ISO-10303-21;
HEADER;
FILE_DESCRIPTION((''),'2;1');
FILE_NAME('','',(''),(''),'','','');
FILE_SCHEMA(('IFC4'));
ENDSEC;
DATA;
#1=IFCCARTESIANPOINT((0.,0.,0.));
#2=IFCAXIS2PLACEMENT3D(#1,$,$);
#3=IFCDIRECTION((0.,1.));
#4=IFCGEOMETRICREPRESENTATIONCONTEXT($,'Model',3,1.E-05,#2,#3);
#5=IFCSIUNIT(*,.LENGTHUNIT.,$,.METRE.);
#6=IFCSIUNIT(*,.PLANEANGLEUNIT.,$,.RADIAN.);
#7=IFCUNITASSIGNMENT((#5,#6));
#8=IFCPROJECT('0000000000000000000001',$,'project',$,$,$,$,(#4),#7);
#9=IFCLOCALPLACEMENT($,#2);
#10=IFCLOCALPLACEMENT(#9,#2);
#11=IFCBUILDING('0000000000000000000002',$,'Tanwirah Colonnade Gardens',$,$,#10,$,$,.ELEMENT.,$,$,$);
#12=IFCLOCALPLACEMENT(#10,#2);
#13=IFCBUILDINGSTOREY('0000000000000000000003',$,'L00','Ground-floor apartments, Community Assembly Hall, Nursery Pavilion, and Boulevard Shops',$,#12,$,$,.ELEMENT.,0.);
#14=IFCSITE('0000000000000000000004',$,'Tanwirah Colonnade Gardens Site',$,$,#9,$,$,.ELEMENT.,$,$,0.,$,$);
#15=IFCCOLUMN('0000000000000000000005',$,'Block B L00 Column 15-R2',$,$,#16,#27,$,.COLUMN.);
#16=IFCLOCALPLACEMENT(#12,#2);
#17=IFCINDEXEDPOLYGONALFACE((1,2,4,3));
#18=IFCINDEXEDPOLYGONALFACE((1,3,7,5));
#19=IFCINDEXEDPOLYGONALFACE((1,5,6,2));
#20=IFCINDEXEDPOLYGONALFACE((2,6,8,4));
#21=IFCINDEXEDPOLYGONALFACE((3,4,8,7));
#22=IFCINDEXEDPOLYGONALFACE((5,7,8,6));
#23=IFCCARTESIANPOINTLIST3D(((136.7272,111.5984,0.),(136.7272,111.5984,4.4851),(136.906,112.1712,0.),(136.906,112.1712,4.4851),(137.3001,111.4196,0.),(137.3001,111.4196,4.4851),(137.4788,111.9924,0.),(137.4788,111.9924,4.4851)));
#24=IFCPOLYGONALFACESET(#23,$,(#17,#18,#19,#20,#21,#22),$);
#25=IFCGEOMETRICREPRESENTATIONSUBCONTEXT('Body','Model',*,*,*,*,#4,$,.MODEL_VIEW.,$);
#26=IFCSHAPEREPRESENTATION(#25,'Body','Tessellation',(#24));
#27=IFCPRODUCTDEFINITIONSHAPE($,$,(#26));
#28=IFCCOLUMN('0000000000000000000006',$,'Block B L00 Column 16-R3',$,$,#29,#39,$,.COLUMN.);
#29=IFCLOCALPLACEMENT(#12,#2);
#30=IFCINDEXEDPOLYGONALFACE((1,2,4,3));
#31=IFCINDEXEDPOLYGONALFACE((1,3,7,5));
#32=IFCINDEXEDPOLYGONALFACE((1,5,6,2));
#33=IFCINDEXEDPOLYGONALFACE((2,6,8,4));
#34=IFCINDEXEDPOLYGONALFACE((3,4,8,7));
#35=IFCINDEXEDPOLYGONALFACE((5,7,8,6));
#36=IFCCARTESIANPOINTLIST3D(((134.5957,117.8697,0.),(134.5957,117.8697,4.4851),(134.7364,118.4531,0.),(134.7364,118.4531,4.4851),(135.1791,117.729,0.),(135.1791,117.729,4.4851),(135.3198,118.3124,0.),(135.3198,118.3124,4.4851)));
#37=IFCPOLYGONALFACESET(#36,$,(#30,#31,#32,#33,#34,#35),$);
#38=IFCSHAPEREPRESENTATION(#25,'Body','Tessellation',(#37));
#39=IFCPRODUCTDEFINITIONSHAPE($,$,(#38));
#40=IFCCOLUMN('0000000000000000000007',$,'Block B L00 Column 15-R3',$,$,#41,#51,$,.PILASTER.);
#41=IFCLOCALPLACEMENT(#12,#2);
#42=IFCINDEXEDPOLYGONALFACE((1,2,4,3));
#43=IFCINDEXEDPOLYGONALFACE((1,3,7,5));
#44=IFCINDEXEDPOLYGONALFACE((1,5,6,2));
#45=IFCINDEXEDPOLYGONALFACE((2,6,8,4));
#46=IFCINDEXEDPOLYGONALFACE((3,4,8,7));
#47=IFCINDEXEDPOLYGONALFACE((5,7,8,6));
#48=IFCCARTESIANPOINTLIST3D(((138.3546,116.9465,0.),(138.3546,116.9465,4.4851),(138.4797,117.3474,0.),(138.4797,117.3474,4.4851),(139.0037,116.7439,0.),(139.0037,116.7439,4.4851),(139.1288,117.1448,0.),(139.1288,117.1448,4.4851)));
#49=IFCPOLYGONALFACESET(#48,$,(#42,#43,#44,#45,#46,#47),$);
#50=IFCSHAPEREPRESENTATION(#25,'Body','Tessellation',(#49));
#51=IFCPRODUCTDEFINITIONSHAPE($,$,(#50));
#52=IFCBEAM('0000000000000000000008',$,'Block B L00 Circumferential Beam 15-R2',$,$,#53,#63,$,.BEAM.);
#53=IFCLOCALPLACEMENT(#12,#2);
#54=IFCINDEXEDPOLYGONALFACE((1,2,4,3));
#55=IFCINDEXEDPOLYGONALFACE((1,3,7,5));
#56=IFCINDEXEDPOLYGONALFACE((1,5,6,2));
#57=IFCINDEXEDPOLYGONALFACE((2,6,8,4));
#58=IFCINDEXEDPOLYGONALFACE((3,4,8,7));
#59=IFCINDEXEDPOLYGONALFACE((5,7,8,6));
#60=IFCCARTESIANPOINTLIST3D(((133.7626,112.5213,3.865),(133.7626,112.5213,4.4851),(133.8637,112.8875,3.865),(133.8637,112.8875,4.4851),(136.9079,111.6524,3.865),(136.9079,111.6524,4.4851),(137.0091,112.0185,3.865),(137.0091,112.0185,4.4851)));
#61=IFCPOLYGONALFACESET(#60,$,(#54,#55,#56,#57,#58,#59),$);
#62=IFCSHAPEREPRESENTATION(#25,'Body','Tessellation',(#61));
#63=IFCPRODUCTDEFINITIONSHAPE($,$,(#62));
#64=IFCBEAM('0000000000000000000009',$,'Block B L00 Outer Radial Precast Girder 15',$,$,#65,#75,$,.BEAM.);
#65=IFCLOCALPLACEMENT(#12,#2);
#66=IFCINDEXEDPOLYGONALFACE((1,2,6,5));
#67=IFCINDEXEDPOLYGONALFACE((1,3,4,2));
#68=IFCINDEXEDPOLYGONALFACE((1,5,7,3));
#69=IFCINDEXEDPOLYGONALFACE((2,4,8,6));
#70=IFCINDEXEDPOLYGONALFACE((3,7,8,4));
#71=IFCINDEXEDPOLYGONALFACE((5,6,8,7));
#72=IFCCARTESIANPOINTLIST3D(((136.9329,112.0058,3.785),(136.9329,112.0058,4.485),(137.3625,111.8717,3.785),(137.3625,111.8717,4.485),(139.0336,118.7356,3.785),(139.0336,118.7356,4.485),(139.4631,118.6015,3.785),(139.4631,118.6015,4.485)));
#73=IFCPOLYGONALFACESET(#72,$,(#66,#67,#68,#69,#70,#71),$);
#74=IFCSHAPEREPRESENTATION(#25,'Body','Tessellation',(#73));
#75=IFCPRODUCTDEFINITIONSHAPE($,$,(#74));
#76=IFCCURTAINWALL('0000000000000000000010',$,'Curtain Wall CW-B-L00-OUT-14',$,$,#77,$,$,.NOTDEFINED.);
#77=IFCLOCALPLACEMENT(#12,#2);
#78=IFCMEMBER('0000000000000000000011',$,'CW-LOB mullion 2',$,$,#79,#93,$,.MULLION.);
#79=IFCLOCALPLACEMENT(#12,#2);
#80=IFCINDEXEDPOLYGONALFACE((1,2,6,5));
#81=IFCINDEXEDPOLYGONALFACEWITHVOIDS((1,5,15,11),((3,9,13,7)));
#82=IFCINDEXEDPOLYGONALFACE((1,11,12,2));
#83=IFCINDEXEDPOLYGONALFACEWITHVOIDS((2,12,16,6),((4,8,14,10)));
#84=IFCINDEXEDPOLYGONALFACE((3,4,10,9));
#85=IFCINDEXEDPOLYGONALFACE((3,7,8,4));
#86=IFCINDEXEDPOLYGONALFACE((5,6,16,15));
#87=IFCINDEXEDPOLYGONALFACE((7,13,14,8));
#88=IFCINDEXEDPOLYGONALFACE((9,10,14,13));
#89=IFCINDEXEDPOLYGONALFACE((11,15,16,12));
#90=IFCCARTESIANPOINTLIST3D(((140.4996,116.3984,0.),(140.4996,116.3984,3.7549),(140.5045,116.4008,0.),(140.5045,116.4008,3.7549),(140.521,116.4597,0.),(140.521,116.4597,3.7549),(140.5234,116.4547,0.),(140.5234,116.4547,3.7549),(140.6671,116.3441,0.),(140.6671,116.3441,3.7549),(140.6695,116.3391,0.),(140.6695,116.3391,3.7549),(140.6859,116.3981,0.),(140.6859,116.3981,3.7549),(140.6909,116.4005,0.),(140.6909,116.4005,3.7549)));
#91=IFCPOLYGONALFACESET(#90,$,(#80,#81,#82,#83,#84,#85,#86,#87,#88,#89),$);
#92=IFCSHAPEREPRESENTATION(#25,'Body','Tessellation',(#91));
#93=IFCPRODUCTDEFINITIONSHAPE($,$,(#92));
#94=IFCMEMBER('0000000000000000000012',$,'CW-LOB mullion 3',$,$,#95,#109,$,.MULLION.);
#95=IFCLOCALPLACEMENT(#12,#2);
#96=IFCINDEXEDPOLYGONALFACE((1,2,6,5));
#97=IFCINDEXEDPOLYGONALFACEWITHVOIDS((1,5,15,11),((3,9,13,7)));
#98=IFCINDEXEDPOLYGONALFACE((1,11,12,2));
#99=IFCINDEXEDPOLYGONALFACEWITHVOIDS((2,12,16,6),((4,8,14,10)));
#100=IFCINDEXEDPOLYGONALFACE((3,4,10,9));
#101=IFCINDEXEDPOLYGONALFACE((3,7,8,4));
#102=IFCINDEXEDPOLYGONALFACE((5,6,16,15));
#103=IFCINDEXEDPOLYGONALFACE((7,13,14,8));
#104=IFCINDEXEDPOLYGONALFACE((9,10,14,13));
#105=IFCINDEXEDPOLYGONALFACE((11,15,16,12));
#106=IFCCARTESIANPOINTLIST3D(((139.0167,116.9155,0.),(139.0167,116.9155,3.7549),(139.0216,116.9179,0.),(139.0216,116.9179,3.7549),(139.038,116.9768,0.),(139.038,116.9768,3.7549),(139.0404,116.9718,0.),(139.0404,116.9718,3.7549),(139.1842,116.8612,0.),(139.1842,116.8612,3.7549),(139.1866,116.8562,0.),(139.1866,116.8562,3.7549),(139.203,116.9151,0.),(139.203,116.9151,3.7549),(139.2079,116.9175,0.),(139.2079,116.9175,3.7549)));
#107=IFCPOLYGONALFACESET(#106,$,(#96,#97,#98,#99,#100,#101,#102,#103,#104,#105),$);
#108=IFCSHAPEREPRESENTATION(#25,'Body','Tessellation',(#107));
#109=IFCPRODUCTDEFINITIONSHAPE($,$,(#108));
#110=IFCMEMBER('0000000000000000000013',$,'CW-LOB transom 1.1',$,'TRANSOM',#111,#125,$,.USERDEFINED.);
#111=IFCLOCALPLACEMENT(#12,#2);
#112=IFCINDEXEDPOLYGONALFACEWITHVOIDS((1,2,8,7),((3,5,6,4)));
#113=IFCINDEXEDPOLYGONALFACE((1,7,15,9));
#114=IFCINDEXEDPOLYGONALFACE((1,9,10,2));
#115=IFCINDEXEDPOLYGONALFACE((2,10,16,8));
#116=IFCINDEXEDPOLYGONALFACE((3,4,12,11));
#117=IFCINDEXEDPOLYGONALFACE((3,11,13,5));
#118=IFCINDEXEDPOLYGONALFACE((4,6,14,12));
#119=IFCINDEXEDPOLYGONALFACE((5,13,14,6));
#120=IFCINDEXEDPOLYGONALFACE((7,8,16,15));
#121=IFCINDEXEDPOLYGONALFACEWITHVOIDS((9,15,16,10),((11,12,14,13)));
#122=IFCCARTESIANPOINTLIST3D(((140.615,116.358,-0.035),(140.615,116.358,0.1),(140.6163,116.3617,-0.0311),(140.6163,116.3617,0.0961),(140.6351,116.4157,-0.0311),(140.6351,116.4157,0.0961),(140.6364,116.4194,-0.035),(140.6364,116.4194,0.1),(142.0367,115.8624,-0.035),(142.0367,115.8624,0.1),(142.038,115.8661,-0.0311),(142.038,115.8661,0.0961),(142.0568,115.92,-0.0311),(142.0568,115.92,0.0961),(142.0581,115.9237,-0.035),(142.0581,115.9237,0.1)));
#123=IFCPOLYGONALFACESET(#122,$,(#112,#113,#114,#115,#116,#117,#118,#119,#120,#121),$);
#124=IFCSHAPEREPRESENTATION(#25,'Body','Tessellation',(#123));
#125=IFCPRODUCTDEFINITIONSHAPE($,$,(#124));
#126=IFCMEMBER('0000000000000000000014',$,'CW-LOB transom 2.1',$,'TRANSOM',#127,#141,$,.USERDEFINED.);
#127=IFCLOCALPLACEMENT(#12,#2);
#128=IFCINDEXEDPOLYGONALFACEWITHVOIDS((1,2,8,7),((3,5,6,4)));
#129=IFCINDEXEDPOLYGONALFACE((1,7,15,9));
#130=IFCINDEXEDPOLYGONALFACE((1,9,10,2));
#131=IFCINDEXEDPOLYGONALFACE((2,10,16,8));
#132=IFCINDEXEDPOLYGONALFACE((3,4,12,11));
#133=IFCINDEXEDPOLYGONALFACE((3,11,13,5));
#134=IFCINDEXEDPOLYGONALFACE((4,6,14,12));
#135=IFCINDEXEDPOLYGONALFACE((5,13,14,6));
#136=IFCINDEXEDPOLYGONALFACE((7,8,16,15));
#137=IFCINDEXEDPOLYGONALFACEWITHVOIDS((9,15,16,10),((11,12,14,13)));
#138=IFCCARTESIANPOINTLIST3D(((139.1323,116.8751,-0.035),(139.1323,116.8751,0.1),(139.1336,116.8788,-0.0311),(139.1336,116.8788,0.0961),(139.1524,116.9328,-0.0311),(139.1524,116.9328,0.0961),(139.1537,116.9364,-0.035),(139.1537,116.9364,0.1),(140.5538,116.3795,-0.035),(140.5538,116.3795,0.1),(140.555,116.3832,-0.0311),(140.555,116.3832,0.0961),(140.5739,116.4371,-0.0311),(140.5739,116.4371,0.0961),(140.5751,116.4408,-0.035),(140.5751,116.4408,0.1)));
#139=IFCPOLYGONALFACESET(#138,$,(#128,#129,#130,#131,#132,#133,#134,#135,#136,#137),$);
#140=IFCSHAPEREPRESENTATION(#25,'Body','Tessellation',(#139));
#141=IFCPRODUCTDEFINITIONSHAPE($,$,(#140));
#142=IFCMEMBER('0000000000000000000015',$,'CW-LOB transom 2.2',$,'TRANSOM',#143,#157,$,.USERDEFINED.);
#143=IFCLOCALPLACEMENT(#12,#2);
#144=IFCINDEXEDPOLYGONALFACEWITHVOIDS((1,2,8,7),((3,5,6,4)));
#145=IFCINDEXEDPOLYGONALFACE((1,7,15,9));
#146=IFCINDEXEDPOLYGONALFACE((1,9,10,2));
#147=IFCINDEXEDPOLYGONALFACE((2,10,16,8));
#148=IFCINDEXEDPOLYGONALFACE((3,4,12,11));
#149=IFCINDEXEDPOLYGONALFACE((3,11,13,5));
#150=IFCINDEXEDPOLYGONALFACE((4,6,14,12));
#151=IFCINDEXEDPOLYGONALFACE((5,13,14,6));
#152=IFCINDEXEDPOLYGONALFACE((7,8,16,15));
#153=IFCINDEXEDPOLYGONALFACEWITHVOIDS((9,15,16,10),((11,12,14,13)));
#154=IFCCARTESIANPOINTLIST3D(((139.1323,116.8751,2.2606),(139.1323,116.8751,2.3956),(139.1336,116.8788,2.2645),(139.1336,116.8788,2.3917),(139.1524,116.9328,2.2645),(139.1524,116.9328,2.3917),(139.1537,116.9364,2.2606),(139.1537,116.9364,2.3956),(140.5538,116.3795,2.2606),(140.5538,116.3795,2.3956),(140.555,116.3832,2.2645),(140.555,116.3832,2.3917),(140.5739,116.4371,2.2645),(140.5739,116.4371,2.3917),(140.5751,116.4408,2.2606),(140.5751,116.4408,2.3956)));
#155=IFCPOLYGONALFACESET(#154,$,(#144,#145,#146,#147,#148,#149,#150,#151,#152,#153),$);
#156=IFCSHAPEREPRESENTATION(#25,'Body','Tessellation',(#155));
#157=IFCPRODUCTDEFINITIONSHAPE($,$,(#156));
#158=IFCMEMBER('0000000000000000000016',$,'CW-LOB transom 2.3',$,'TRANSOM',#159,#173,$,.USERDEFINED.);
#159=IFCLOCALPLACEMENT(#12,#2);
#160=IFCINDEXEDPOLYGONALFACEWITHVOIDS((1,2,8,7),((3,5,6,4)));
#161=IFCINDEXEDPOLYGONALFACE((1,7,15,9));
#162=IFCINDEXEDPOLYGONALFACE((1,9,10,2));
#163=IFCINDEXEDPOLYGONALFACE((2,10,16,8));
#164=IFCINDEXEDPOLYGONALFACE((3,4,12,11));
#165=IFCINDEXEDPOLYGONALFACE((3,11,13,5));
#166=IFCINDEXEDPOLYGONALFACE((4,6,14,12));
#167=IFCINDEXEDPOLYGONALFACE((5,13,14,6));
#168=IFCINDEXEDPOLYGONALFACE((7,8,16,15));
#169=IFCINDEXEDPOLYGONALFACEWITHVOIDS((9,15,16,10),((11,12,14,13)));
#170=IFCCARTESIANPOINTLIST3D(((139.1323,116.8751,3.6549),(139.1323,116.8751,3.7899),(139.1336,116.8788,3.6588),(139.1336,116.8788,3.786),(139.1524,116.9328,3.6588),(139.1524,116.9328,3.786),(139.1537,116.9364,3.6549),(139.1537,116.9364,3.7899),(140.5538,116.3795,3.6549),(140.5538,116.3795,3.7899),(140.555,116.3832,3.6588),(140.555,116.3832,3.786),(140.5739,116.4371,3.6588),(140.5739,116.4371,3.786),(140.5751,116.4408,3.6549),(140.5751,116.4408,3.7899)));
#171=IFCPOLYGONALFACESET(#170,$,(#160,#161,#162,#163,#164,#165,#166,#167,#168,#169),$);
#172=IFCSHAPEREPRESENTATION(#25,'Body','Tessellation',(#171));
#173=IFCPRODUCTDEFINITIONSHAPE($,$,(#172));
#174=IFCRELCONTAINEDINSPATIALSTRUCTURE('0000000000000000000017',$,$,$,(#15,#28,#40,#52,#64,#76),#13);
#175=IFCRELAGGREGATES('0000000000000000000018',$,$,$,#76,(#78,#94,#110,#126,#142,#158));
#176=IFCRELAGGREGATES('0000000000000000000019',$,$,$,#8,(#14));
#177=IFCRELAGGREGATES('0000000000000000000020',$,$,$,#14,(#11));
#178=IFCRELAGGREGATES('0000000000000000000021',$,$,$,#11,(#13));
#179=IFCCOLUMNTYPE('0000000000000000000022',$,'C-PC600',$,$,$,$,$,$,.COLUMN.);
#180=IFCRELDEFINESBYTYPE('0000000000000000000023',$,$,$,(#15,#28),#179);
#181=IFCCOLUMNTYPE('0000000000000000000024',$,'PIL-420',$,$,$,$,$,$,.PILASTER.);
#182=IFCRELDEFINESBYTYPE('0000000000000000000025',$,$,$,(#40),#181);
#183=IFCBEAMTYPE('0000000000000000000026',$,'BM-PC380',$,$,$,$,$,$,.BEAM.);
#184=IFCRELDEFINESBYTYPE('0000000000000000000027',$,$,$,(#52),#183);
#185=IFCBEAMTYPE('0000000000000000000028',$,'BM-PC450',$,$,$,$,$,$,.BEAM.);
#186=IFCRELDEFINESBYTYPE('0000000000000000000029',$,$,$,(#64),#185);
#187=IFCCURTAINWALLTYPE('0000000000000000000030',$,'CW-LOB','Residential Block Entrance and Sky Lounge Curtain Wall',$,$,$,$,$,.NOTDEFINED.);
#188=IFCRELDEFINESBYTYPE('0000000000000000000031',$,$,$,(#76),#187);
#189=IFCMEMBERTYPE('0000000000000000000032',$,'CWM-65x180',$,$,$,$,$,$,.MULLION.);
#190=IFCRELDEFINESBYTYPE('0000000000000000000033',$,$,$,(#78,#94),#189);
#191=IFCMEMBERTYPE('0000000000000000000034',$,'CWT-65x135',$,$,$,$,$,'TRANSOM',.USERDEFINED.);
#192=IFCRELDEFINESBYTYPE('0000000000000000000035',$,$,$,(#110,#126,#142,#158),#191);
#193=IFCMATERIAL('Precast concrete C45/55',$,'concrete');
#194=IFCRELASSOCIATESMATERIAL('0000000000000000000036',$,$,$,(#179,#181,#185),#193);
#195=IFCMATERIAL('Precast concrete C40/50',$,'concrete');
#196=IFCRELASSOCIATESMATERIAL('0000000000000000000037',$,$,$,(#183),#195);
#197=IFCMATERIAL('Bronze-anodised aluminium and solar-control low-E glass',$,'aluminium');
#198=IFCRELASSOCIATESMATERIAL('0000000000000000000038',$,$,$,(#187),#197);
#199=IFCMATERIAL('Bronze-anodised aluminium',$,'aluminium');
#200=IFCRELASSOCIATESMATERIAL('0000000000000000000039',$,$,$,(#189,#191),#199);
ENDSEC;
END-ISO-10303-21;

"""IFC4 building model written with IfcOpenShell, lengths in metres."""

from ifc_helpers import new_model, si_unit, direction, frame, origin, origin_2d, place, context, subcontext, project, spatial, rectangle, hollow_rectangle, extrude, material, material_profile, profile_set, type_object, element, aggregate, save


model = new_model("IFC4")

# Units and contexts
model_context = context("Model", 3, precision=1e-05, world=origin(), true_north=direction((0.0, 1.0)))
body_context = subcontext(model_context, "Body", "Model", "MODEL_VIEW")
ifc_project = project(units=[si_unit("LENGTHUNIT", "METRE"), si_unit("PLANEANGLEUNIT", "RADIAN")], contexts=[model_context])

# Site, building, storey
site_placement = place(None, origin())
site = spatial("IfcSite", under=ifc_project, at=site_placement, Name="Tanwirah Colonnade Gardens Site", CompositionType="ELEMENT", RefElevation=0.0)
building_placement = place(site_placement, origin())
building = spatial("IfcBuilding", under=site, at=building_placement, Name="Tanwirah Colonnade Gardens", CompositionType="ELEMENT")
storey_placement = place(building_placement, origin())
storey = spatial("IfcBuildingStorey", under=building, at=storey_placement, Name="L00", Description="Ground-floor apartments, Community Assembly Hall, Nursery Pavilion, and Boulevard Shops", CompositionType="ELEMENT", Elevation=0.0)

# Columns
ifc_material_1 = material(Name="Precast concrete C45/55", Category="concrete")
ifc_material_profile_1 = material_profile(ifc_material_1, rectangle(XDim=0.6001, YDim=0.6001, at=origin_2d()), Name="PC-COL 600x600")
ifc_profile_set_1 = profile_set([ifc_material_profile_1], Name="Precast concrete C45/55")
column_type_1 = type_object("IfcColumnType", Name="C-PC600", PredefinedType="COLUMN", material=ifc_profile_set_1)
for number, where, z_axis, x_axis, name in (
    (1, (137.103, 111.7954, 0.0), (0.0, 0.0, 1.0), (0.29793, 0.954588, 0.0), "Block B L00 Column 15-R2"),
    (2, (134.9578, 118.0911, 0.0), (0.0, 0.0, 1.0), (0.234388, 0.972143, 0.0), "Block B L00 Column 16-R3"),
):
    element("IfcColumn", number, at=place(storey_placement, frame(where, z_axis=z_axis, x_axis=x_axis)), inside=storey, type_object=column_type_1, Name=name, PredefinedType="COLUMN", context=body_context, shape_type="SweptSolid", body=[
        extrude(rectangle(XDim=0.6001, YDim=0.6001, at=origin_2d()), origin(), (0.0, 0.0, 1.0), 4.4851),
    ])
ifc_material_profile_2 = material_profile(ifc_material_1, rectangle(XDim=0.4199, YDim=0.6799, at=origin_2d()), Name="PC-PIL 420x680")
ifc_profile_set_2 = profile_set([ifc_material_profile_2], Name="Precast concrete C45/55")
column_type_2 = type_object("IfcColumnType", Name="PIL-420", PredefinedType="PILASTER", material=ifc_profile_set_2)
column_placement = place(storey_placement, frame((138.7417, 117.0457, 0.0), z_axis=(0.0, 0.0, 1.0), x_axis=(0.29793, 0.954588, 0.0)))
element("IfcColumn", 3, at=column_placement, inside=storey, type_object=column_type_2, Name="Block B L00 Column 15-R3", PredefinedType="PILASTER", context=body_context, shape_type="SweptSolid", body=[
    extrude(rectangle(XDim=0.4199, YDim=0.6799, at=origin_2d()), origin(), (0.0, 0.0, 1.0), 4.4851),
])

# Beams
ifc_material_2 = material(Name="Precast concrete C40/50", Category="concrete")
ifc_material_profile_3 = material_profile(ifc_material_2, rectangle(XDim=0.3799, YDim=0.6201, at=origin_2d()), Name="PC-BM 380x620")
ifc_profile_set_3 = profile_set([ifc_material_profile_3], Name="Precast concrete C40/50")
beam_type_1 = type_object("IfcBeamType", Name="BM-PC380", PredefinedType="BEAM", material=ifc_profile_set_3)
beam_1_placement = place(storey_placement, frame((136.9585, 111.8354, 4.175), z_axis=(-0.963895, 0.266281, 0.0), x_axis=(-0.266281, -0.963895, 0.0)))
element("IfcBeam", 4, at=beam_1_placement, inside=storey, type_object=beam_type_1, Name="Block B L00 Circumferential Beam 15-R2", PredefinedType="BEAM", context=body_context, shape_type="SweptSolid", body=[
    extrude(rectangle(XDim=0.3799, YDim=0.6201, at=origin_2d()), origin(), (0.0, 0.0, 1.0), 3.2632),
])
ifc_material_profile_4 = material_profile(ifc_material_1, rectangle(XDim=0.45, YDim=0.7, at=origin_2d()), Name="PC-BM 450x700")
ifc_profile_set_4 = profile_set([ifc_material_profile_4], Name="Precast concrete C45/55")
beam_type_2 = type_object("IfcBeamType", Name="BM-PC450", PredefinedType="BEAM", material=ifc_profile_set_4)
beam_2_placement = place(storey_placement, frame((137.1477, 111.9387, 4.135), z_axis=(0.297958, 0.954579, 0.0), x_axis=(-0.954579, 0.297958, 0.0)))
element("IfcBeam", 5, at=beam_2_placement, inside=storey, type_object=beam_type_2, Name="Block B L00 Outer Radial Precast Girder 15", PredefinedType="BEAM", context=body_context, shape_type="SweptSolid", body=[
    extrude(rectangle(XDim=0.45, YDim=0.7, at=origin_2d()), origin(), (0.0, 0.0, 1.0), 7.05),
])

# Curtain wall, members
ifc_material_3 = material(Name="Bronze-anodised aluminium and solar-control low-E glass", Category="aluminium")
curtain_wall_type = type_object("IfcCurtainWallType", Name="CW-LOB", Description="Residential Block Entrance and Sky Lounge Curtain Wall", PredefinedType="NOTDEFINED", material=ifc_material_3)
curtain_wall_placement = place(storey_placement, origin())
curtain_wall = element("IfcCurtainWall", 6, at=curtain_wall_placement, inside=storey, type_object=curtain_wall_type, Name="Curtain Wall CW-B-L00-OUT-14", PredefinedType="NOTDEFINED")
ifc_material_4 = material(Name="Bronze-anodised aluminium", Category="aluminium")
ifc_material_profile_5 = material_profile(ifc_material_4, hollow_rectangle(XDim=0.0649, YDim=0.1799, WallThickness=0.0039, at=origin_2d()), Name="CW-MUL 65x180x4")
ifc_profile_set_5 = profile_set([ifc_material_profile_5], Name="Bronze-anodised aluminium")
member_type_1 = type_object("IfcMemberType", Name="CWM-65x180", PredefinedType="MULLION", material=ifc_profile_set_5)
member_1_placement = place(storey_placement, frame((140.5952, 116.3994, 0.0), z_axis=(0.0, 0.0, 1.0), x_axis=(-0.329232, -0.944249, 0.0)))
member_1 = element("IfcMember", 7, at=member_1_placement, type_object=member_type_1, Name="CW-LOB mullion 2", PredefinedType="MULLION", context=body_context, shape_type="SweptSolid", body=[
    extrude(hollow_rectangle(XDim=0.0649, YDim=0.1799, WallThickness=0.0039, at=origin_2d()), origin(), (0.0, 0.0, 1.0), 3.7549),
])
member_2_placement = place(storey_placement, frame((139.1123, 116.9165, 0.0), z_axis=(0.0, 0.0, 1.0), x_axis=(-0.329232, -0.944249, 0.0)))
member_2 = element("IfcMember", 8, at=member_2_placement, type_object=member_type_1, Name="CW-LOB mullion 3", PredefinedType="MULLION", context=body_context, shape_type="SweptSolid", body=[
    extrude(hollow_rectangle(XDim=0.0649, YDim=0.1799, WallThickness=0.0039, at=origin_2d()), origin(), (0.0, 0.0, 1.0), 3.7549),
])
ifc_material_profile_6 = material_profile(ifc_material_4, hollow_rectangle(XDim=0.0649, YDim=0.135, WallThickness=0.0039, at=origin_2d()), Name="CW-TRN 65x135x4")
ifc_profile_set_6 = profile_set([ifc_material_profile_6], Name="Bronze-anodised aluminium")
member_type_2 = type_object("IfcMemberType", Name="CWT-65x135", ElementType="TRANSOM", PredefinedType="USERDEFINED", material=ifc_profile_set_6)
member_3_placement = place(storey_placement, frame((142.0474, 115.8931, 0.0325), z_axis=(-0.944265, 0.329187, 0.0), x_axis=(-0.329187, -0.944265, 0.0)))
member_3 = element("IfcMember", 9, at=member_3_placement, type_object=member_type_2, Name="CW-LOB transom 1.1", ObjectType="TRANSOM", PredefinedType="USERDEFINED", context=body_context, shape_type="SweptSolid", body=[
    extrude(hollow_rectangle(XDim=0.0649, YDim=0.135, WallThickness=0.0039, at=origin_2d()), origin(), (0.0, 0.0, 1.0), 1.5056),
])
member_4_placement = place(storey_placement, frame((140.5645, 116.4102, 0.0325), z_axis=(-0.944247, 0.329238, 0.0), x_axis=(-0.329238, -0.944247, 0.0)))
member_4 = element("IfcMember", 10, at=member_4_placement, type_object=member_type_2, Name="CW-LOB transom 2.1", ObjectType="TRANSOM", PredefinedType="USERDEFINED", context=body_context, shape_type="SweptSolid", body=[
    extrude(hollow_rectangle(XDim=0.0649, YDim=0.135, WallThickness=0.0039, at=origin_2d()), origin(), (0.0, 0.0, 1.0), 1.5054),
])
member_5_placement = place(storey_placement, frame((140.5645, 116.4102, 2.3281), z_axis=(-0.944247, 0.329238, 0.0), x_axis=(-0.329238, -0.944247, 0.0)))
member_5 = element("IfcMember", 11, at=member_5_placement, type_object=member_type_2, Name="CW-LOB transom 2.2", ObjectType="TRANSOM", PredefinedType="USERDEFINED", context=body_context, shape_type="SweptSolid", body=[
    extrude(hollow_rectangle(XDim=0.0649, YDim=0.135, WallThickness=0.0039, at=origin_2d()), origin(), (0.0, 0.0, 1.0), 1.5054),
])
member_6_placement = place(storey_placement, frame((140.5645, 116.4102, 3.7224), z_axis=(-0.944247, 0.329238, 0.0), x_axis=(-0.329238, -0.944247, 0.0)))
member_6 = element("IfcMember", 12, at=member_6_placement, type_object=member_type_2, Name="CW-LOB transom 2.3", ObjectType="TRANSOM", PredefinedType="USERDEFINED", context=body_context, shape_type="SweptSolid", body=[
    extrude(hollow_rectangle(XDim=0.0649, YDim=0.135, WallThickness=0.0039, at=origin_2d()), origin(), (0.0, 0.0, 1.0), 1.5054),
])

aggregate(curtain_wall, [member_1, member_2, member_3, member_4, member_5, member_6])

save(model, "model.ifc")
